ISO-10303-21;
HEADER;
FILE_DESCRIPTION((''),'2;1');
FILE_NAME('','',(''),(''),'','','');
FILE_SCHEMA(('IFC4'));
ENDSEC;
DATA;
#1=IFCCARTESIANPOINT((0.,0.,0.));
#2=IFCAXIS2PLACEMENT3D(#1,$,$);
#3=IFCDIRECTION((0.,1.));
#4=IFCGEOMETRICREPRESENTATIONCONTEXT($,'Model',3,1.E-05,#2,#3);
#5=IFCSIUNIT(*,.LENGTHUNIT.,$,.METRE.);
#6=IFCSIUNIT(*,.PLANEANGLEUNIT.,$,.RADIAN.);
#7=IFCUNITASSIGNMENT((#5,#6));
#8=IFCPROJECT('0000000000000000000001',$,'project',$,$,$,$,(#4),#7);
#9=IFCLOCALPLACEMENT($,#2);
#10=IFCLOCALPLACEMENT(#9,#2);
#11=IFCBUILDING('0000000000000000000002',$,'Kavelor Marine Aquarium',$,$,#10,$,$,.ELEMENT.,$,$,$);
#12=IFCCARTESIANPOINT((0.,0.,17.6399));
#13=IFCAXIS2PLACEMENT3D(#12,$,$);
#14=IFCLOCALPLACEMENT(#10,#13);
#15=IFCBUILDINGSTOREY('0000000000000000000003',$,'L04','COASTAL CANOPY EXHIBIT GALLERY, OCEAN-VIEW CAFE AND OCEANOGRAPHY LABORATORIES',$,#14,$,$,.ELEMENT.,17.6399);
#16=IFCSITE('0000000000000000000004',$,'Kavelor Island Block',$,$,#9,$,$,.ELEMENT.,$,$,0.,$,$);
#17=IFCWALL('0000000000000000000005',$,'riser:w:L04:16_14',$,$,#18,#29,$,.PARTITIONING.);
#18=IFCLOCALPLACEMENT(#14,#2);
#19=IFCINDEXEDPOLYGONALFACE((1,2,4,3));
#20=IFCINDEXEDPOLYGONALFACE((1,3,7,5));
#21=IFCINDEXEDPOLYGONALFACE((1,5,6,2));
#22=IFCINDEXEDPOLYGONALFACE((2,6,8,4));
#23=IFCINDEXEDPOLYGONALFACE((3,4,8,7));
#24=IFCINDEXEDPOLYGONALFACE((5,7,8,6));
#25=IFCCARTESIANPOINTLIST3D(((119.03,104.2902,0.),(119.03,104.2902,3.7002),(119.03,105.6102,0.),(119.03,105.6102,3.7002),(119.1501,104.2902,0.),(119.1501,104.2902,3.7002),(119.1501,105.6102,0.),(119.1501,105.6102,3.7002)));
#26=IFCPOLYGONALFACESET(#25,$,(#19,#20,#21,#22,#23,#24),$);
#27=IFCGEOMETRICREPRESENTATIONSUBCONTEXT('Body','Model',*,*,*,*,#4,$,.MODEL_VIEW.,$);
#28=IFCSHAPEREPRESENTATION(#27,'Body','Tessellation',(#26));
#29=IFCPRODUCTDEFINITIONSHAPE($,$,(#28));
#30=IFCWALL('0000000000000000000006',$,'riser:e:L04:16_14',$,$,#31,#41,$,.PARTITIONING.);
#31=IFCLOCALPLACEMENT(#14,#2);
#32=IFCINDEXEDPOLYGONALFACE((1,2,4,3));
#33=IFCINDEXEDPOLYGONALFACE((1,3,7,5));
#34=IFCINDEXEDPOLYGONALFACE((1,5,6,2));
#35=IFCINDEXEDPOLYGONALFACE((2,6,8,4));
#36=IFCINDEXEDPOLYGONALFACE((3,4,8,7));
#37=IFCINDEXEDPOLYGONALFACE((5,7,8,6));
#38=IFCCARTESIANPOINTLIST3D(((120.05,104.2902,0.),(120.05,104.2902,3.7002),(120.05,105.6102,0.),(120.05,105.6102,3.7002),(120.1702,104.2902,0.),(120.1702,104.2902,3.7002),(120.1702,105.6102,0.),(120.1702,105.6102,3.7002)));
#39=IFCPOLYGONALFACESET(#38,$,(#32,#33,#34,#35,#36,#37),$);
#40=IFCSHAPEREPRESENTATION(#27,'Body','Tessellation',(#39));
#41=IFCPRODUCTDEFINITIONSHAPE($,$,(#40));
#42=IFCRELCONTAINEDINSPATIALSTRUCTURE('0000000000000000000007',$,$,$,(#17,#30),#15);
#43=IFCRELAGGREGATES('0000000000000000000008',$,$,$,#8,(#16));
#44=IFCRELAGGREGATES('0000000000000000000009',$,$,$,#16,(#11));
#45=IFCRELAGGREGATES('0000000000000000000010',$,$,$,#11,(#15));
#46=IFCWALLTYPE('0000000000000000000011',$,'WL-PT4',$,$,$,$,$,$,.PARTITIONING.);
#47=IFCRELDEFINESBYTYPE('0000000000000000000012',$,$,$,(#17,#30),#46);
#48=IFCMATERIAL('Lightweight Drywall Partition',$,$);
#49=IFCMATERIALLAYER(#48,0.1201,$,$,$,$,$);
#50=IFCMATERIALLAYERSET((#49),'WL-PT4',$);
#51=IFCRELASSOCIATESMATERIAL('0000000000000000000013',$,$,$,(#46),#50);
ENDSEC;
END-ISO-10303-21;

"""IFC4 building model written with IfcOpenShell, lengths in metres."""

from ifc_helpers import new_model, si_unit, direction, frame, frame_2d, origin, place, context, subcontext, project, spatial, rectangle, extrude, material, layer, layer_set, type_object, element, save


model = new_model("IFC4")

# Units and contexts
model_context = context("Model", 3, precision=1e-05, world=origin(), true_north=direction((0.0, 1.0)))
body_context = subcontext(model_context, "Body", "Model", "MODEL_VIEW")
ifc_project = project(units=[si_unit("LENGTHUNIT", "METRE"), si_unit("PLANEANGLEUNIT", "RADIAN")], contexts=[model_context])

# Site, building, storey
site_placement = place(None, origin())
site = spatial("IfcSite", under=ifc_project, at=site_placement, Name="Kavelor Island Block", CompositionType="ELEMENT", RefElevation=0.0)
building_placement = place(site_placement, origin())
building = spatial("IfcBuilding", under=site, at=building_placement, Name="Kavelor Marine Aquarium", CompositionType="ELEMENT")
storey_placement = place(building_placement, frame((0.0, 0.0, 17.6399)))
storey = spatial("IfcBuildingStorey", under=building, at=storey_placement, Name="L04", Description="COASTAL CANOPY EXHIBIT GALLERY, OCEAN-VIEW CAFE AND OCEANOGRAPHY LABORATORIES", CompositionType="ELEMENT", Elevation=17.6399)

# Walls
ifc_material_1 = material(Name="Lightweight Drywall Partition")
ifc_layer_1 = layer(ifc_material_1, 0.1201)
ifc_layer_set_1 = layer_set([ifc_layer_1], Name="WL-PT4")
wall_type_1 = type_object("IfcWallType", Name="WL-PT4", PredefinedType="PARTITIONING", material=ifc_layer_set_1)
for number, where, z_axis, x_axis, name in (
    (1, (119.0901, 104.29, 0.0), (0.0, 0.0, 1.0), (0.0, 1.0, 0.0), "riser:w:L04:16_14"),
    (2, (120.1101, 104.29, 0.0), (0.0, 0.0, 1.0), (0.0, 1.0, 0.0), "riser:e:L04:16_14"),
):
    element("IfcWall", number, at=place(storey_placement, frame(where, z_axis=z_axis, x_axis=x_axis)), inside=storey, type_object=wall_type_1, Name=name, PredefinedType="PARTITIONING", context=body_context, shape_type="SweptSolid", body=[
        extrude(rectangle(XDim=1.3201, YDim=0.1201, at=frame_2d((0.6602, 0.0))), origin(), (0.0, 0.0, 1.0), 3.7002),
    ])

save(model, "model.ifc")
